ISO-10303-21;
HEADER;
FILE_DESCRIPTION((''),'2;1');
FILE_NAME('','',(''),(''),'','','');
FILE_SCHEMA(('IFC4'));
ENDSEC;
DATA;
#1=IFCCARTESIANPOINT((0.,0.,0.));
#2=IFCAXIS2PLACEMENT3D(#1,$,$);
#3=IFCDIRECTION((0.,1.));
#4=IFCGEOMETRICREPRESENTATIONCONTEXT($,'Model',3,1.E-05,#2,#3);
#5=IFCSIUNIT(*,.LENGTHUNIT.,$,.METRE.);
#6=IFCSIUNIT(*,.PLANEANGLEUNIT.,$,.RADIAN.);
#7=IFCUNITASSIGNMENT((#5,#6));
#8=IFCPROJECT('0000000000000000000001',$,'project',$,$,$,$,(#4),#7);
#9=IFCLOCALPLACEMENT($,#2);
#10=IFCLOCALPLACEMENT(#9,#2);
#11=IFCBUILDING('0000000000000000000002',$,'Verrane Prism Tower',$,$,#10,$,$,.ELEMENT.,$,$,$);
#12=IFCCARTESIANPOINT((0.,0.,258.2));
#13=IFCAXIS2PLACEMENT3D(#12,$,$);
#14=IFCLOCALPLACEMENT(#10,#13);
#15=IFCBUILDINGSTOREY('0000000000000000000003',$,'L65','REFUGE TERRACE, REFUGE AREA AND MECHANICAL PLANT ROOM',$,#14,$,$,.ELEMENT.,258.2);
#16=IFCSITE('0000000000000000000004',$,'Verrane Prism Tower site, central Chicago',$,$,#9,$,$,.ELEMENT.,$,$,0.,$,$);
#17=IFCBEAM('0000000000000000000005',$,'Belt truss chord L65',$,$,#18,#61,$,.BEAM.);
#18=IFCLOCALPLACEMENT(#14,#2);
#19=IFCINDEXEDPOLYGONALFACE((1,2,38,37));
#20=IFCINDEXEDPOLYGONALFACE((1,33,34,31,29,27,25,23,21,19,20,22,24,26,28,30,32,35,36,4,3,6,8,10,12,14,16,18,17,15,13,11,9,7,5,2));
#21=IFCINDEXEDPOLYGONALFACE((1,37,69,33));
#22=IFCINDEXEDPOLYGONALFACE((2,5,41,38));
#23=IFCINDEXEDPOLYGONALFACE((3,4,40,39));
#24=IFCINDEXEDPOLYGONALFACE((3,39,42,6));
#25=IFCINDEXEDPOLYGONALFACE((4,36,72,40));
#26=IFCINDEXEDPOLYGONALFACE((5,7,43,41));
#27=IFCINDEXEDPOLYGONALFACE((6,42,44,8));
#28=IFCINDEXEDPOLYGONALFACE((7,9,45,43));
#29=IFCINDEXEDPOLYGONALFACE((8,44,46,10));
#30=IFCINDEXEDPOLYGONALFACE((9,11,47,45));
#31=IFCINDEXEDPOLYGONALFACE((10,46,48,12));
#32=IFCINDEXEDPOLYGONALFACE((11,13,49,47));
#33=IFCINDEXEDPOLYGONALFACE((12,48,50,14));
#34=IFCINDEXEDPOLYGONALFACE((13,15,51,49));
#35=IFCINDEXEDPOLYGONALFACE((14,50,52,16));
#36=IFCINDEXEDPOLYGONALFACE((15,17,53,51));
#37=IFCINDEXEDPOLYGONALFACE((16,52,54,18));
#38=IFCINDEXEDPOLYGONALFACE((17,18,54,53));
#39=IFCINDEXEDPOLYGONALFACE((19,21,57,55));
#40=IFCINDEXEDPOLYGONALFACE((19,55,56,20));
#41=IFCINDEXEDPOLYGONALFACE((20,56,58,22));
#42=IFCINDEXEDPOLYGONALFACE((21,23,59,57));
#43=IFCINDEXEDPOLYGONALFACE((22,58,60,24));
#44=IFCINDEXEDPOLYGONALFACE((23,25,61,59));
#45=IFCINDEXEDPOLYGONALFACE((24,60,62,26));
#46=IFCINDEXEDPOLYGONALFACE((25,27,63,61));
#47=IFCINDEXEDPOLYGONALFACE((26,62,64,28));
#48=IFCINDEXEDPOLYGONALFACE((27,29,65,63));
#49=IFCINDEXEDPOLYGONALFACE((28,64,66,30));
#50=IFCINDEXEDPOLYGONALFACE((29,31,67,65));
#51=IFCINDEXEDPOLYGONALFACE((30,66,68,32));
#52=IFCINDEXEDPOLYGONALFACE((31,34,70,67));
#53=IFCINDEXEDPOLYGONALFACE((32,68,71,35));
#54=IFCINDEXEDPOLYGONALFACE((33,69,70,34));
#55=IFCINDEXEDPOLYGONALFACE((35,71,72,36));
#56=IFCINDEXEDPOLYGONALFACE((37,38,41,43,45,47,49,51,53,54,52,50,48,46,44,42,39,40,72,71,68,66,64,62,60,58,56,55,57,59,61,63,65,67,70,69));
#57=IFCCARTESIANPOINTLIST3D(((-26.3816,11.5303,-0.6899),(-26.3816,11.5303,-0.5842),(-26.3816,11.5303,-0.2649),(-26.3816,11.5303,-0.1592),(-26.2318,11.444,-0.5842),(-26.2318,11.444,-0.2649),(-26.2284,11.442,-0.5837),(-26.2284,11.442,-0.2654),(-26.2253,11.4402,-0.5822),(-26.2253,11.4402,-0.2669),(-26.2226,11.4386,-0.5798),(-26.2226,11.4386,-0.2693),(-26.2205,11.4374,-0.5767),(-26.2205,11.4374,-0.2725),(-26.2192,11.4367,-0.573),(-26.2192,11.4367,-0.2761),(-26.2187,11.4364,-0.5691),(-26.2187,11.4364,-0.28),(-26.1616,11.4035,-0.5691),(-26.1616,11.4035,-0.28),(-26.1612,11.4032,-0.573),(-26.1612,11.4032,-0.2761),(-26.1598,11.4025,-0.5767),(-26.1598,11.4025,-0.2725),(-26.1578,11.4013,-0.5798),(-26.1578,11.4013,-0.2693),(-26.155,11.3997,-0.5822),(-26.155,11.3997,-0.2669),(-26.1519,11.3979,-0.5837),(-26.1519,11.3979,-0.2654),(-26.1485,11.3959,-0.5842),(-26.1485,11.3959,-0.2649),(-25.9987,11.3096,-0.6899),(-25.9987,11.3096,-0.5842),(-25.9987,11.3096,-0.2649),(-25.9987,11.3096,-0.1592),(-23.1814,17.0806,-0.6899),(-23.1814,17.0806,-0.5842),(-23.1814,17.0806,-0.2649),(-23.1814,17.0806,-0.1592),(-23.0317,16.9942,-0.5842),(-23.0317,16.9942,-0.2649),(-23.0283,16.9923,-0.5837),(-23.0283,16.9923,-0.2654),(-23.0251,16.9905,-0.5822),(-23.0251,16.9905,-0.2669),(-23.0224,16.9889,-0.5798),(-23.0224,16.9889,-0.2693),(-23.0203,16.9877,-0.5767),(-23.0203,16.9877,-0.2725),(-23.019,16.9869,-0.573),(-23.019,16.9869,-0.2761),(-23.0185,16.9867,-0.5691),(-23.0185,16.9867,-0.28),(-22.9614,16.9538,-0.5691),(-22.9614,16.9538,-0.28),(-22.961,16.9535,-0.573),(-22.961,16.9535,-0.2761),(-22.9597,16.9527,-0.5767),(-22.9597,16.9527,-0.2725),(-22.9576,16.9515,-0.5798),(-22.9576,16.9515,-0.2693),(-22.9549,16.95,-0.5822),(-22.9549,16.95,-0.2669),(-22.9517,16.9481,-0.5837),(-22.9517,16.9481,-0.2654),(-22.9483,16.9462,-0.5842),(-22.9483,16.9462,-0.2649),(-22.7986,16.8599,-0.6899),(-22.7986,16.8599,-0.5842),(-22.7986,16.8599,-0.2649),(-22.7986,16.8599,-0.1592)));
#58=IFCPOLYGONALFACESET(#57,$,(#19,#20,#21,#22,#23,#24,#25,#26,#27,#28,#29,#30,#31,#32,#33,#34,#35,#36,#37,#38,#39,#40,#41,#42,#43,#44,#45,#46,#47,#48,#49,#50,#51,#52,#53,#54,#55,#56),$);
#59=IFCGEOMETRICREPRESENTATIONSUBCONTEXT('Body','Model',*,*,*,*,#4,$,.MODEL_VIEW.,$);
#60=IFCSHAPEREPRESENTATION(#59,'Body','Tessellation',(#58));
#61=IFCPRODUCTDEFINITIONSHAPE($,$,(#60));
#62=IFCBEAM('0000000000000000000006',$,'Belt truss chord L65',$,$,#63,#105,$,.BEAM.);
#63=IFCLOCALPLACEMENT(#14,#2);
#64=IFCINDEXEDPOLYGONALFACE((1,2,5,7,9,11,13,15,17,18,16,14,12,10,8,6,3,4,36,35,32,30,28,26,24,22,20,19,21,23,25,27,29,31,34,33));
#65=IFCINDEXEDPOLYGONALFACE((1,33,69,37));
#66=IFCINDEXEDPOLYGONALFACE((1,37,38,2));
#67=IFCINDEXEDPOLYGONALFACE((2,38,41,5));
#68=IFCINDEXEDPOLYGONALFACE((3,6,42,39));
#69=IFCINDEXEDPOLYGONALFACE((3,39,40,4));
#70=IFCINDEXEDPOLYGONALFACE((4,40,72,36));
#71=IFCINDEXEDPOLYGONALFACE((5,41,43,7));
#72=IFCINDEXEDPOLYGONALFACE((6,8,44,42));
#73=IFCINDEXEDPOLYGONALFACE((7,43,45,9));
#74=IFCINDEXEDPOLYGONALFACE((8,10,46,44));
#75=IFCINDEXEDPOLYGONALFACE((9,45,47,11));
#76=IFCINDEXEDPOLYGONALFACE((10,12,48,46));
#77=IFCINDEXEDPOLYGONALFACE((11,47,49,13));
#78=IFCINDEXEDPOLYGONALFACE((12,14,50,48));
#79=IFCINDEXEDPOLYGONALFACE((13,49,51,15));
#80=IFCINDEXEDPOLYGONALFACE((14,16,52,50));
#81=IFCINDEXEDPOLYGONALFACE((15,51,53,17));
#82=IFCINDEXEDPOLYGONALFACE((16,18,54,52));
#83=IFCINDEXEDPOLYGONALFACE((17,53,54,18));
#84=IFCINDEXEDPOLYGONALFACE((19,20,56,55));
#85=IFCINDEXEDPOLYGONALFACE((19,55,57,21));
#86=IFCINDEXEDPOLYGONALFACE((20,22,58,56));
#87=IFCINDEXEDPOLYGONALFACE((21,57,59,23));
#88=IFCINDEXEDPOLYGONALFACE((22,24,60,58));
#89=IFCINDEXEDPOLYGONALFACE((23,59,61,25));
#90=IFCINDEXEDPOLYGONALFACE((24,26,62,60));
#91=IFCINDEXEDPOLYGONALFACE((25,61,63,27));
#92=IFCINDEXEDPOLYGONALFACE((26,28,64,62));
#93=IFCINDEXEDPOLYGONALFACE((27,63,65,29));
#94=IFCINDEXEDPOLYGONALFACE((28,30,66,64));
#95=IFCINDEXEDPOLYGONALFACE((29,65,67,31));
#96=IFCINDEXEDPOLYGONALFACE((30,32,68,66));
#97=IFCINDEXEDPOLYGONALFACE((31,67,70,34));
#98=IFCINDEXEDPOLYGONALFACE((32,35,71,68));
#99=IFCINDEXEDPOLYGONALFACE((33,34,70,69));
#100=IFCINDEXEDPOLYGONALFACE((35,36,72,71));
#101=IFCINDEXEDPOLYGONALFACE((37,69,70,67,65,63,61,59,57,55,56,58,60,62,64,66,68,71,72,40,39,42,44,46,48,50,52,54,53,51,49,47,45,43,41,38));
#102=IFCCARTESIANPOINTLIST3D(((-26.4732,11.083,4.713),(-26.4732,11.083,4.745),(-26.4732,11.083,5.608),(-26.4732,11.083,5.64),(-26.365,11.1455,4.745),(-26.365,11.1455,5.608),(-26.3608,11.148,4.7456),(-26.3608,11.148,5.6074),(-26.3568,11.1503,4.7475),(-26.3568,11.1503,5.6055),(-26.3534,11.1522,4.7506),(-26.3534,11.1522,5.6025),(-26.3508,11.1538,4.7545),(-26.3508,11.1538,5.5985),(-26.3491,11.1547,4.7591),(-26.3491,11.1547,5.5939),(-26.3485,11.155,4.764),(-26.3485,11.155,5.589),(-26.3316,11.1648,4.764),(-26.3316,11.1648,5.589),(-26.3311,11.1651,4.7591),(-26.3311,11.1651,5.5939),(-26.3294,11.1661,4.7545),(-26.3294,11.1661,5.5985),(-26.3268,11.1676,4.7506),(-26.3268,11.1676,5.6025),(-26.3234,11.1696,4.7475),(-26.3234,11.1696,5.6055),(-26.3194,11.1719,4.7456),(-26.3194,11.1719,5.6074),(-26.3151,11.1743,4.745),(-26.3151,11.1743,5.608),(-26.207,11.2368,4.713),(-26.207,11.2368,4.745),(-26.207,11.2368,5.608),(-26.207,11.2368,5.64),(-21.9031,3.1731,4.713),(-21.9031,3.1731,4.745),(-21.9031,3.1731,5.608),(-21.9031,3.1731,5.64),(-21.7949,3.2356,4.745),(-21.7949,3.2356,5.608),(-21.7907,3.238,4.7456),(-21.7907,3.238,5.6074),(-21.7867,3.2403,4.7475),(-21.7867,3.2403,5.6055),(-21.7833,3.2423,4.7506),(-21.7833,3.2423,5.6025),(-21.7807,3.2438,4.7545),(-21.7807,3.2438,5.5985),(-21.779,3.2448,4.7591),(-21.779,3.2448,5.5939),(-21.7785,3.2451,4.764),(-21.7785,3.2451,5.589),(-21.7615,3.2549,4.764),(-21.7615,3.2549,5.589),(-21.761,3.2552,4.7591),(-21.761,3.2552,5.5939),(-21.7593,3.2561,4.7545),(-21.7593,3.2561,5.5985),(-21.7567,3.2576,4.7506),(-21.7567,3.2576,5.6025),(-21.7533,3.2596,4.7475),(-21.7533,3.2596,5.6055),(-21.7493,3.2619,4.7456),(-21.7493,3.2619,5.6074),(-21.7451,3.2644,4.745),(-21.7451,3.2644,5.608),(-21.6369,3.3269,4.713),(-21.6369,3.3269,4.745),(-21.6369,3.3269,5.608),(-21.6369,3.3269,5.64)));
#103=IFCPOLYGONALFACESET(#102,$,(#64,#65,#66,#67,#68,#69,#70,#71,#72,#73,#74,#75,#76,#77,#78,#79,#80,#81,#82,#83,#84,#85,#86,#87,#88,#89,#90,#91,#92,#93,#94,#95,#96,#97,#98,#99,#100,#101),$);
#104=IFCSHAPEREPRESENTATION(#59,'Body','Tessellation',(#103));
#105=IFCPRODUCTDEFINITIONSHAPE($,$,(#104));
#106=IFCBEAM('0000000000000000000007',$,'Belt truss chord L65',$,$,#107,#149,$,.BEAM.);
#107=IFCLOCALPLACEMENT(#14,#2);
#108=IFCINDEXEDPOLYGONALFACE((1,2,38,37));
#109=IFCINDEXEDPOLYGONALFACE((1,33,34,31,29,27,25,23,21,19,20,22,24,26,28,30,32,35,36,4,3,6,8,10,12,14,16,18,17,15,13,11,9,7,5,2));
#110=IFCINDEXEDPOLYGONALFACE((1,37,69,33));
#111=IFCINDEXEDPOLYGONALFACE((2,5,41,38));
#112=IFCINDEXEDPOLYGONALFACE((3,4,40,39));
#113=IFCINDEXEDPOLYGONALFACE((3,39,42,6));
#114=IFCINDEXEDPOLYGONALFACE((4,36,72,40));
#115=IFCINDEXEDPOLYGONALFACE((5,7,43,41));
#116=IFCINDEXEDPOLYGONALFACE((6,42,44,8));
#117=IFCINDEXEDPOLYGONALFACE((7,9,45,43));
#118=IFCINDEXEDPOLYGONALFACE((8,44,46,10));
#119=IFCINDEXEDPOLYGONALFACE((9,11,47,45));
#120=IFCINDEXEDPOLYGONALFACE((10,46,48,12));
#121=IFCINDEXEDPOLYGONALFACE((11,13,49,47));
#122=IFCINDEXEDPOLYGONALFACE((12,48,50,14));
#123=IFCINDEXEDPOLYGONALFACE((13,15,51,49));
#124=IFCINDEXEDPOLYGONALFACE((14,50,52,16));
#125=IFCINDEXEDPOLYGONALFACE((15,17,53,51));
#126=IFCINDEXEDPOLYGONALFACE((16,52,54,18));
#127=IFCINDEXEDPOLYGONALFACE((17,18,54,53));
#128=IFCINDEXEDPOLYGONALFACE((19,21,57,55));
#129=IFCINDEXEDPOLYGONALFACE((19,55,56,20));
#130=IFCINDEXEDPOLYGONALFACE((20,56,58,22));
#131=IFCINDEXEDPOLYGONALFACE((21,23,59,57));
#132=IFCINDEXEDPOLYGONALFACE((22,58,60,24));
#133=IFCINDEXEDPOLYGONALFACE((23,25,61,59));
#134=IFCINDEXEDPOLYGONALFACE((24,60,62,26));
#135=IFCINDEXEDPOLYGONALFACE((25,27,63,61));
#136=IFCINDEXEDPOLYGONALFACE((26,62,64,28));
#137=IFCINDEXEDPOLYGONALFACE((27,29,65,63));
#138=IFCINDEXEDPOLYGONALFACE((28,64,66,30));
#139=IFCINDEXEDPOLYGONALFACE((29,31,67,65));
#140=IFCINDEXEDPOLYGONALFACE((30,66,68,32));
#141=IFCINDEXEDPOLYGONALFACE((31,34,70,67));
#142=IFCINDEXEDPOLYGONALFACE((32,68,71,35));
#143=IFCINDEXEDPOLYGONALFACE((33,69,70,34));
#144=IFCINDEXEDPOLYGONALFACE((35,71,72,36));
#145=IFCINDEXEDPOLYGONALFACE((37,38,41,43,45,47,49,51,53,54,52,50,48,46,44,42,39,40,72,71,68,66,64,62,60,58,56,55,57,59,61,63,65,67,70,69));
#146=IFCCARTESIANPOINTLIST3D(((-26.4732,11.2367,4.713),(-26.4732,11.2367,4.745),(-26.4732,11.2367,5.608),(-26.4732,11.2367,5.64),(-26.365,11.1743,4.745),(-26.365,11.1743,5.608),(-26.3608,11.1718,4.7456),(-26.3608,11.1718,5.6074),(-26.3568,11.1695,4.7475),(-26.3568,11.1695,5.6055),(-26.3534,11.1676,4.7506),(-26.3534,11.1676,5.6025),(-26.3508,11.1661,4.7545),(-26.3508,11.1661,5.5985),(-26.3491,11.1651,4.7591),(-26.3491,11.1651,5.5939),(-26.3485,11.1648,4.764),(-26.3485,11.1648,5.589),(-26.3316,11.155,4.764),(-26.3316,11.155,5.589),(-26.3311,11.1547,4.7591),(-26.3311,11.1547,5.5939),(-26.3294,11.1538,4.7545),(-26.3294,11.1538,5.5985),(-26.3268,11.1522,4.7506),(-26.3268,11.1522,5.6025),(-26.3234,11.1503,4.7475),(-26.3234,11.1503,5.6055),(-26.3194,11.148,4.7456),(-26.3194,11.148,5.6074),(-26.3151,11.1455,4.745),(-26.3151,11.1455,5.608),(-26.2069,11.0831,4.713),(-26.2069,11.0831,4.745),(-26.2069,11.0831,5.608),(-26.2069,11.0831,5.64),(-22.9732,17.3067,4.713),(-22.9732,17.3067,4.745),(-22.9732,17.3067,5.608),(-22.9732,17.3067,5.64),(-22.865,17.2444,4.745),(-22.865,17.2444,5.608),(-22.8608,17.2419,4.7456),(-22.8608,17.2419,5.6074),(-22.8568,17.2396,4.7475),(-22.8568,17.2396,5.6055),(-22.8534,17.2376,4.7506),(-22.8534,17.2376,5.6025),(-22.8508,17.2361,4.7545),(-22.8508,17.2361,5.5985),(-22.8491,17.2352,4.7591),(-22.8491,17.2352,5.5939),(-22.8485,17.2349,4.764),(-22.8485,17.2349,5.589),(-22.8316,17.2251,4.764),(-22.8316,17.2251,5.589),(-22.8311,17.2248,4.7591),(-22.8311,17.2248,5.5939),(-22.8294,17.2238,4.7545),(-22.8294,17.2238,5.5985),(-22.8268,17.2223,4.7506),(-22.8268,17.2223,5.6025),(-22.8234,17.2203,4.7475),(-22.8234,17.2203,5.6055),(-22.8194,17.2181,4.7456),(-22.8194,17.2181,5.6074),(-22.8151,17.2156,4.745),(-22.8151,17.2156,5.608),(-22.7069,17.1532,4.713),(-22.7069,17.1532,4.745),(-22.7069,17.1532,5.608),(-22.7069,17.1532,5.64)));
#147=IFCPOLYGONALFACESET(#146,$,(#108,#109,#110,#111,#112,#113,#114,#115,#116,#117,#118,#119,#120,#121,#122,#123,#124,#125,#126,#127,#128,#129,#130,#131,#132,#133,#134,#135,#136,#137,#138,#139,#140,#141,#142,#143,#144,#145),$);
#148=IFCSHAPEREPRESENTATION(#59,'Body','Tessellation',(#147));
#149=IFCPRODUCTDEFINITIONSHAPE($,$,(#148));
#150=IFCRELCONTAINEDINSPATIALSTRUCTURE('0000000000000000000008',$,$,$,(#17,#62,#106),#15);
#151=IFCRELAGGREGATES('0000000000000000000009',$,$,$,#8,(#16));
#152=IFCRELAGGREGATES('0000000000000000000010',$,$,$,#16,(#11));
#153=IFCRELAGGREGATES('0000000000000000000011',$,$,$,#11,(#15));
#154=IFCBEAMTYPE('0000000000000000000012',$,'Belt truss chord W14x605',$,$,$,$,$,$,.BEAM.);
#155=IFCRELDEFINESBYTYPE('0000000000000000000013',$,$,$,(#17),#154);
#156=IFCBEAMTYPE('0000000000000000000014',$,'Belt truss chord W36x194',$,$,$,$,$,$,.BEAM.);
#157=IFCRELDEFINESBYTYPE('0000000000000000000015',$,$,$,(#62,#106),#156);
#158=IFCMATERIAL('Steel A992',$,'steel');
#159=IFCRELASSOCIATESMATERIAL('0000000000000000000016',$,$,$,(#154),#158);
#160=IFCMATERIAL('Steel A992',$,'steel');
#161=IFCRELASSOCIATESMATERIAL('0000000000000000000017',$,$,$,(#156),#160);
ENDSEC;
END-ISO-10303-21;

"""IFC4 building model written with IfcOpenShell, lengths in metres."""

from ifc_helpers import new_model, si_unit, direction, frame, origin, origin_2d, place, context, subcontext, project, spatial, i_section, extrude, material, material_profile, profile_set, type_object, element, save


model = new_model("IFC4")

# Units and contexts
model_context = context("Model", 3, precision=1e-05, world=origin(), true_north=direction((0.0, 1.0)))
body_context = subcontext(model_context, "Body", "Model", "MODEL_VIEW")
ifc_project = project(units=[si_unit("LENGTHUNIT", "METRE"), si_unit("PLANEANGLEUNIT", "RADIAN")], contexts=[model_context])

# Site, building, storey
site_placement = place(None, origin())
site = spatial("IfcSite", under=ifc_project, at=site_placement, Name="Verrane Prism Tower site, central Chicago", CompositionType="ELEMENT", RefElevation=0.0)
building_placement = place(site_placement, origin())
building = spatial("IfcBuilding", under=site, at=building_placement, Name="Verrane Prism Tower", CompositionType="ELEMENT")
storey_placement = place(building_placement, frame((0.0, 0.0, 258.2)))
storey = spatial("IfcBuildingStorey", under=building, at=storey_placement, Name="L65", Description="REFUGE TERRACE, REFUGE AREA AND MECHANICAL PLANT ROOM", CompositionType="ELEMENT", Elevation=258.2)

# Beams
ifc_material_1 = material(Name="Steel A992", Category="steel")
ifc_material_profile_1 = material_profile(ifc_material_1, i_section(OverallWidth=0.4419, OverallDepth=0.5308, WebThickness=0.0659, FlangeThickness=0.1057, FilletRadius=0.0151, at=origin_2d()), Name="W14x605")
ifc_profile_set_1 = profile_set([ifc_material_profile_1], Name="Steel A992")
beam_type_1 = type_object("IfcBeamType", Name="Belt truss chord W14x605", PredefinedType="BEAM", material=ifc_profile_set_1)
beam_1_placement = place(storey_placement, frame((-22.99, 16.9702, -0.4246), z_axis=(-0.4995, -0.866314, 0.0), x_axis=(0.866314, -0.4995, 0.0)))
element("IfcBeam", 1, at=beam_1_placement, inside=storey, type_object=beam_type_1, Name="Belt truss chord L65", PredefinedType="BEAM", context=body_context, shape_type="SweptSolid", body=[
    extrude(i_section(OverallWidth=0.4419, OverallDepth=0.5308, WebThickness=0.0659, FlangeThickness=0.1057, FilletRadius=0.0151, at=origin_2d()), origin(), (0.0, 0.0, 1.0), 6.4067),
])
ifc_material_2 = material(Name="Steel A992", Category="steel")
ifc_material_profile_2 = material_profile(ifc_material_2, i_section(OverallWidth=0.3074, OverallDepth=0.927, WebThickness=0.0195, FlangeThickness=0.032, FilletRadius=0.019, at=origin_2d()), Name="W36x194")
ifc_profile_set_2 = profile_set([ifc_material_profile_2], Name="Steel A992")
beam_type_2 = type_object("IfcBeamType", Name="Belt truss chord W36x194", PredefinedType="BEAM", material=ifc_profile_set_2)
beam_2_placement = place(storey_placement, frame((-26.3401, 11.1599, 5.1765), z_axis=(0.500269, -0.86587, 0.0), x_axis=(0.86587, 0.500269, 0.0)))
element("IfcBeam", 2, at=beam_2_placement, inside=storey, type_object=beam_type_2, Name="Belt truss chord L65", PredefinedType="BEAM", context=body_context, shape_type="SweptSolid", body=[
    extrude(i_section(OverallWidth=0.3074, OverallDepth=0.927, WebThickness=0.0195, FlangeThickness=0.032, FilletRadius=0.019, at=origin_2d()), origin(), (0.0, 0.0, 1.0), 9.1353),
])
beam_3_placement = place(storey_placement, frame((-22.8401, 17.23, 5.1765), z_axis=(-0.499512, -0.866307, 0.0), x_axis=(0.866307, -0.499512, 0.0)))
element("IfcBeam", 3, at=beam_3_placement, inside=storey, type_object=beam_type_2, Name="Belt truss chord L65", PredefinedType="BEAM", context=body_context, shape_type="SweptSolid", body=[
    extrude(i_section(OverallWidth=0.3074, OverallDepth=0.927, WebThickness=0.0195, FlangeThickness=0.032, FilletRadius=0.019, at=origin_2d()), origin(), (0.0, 0.0, 1.0), 7.0068),
])

save(model, "model.ifc")
